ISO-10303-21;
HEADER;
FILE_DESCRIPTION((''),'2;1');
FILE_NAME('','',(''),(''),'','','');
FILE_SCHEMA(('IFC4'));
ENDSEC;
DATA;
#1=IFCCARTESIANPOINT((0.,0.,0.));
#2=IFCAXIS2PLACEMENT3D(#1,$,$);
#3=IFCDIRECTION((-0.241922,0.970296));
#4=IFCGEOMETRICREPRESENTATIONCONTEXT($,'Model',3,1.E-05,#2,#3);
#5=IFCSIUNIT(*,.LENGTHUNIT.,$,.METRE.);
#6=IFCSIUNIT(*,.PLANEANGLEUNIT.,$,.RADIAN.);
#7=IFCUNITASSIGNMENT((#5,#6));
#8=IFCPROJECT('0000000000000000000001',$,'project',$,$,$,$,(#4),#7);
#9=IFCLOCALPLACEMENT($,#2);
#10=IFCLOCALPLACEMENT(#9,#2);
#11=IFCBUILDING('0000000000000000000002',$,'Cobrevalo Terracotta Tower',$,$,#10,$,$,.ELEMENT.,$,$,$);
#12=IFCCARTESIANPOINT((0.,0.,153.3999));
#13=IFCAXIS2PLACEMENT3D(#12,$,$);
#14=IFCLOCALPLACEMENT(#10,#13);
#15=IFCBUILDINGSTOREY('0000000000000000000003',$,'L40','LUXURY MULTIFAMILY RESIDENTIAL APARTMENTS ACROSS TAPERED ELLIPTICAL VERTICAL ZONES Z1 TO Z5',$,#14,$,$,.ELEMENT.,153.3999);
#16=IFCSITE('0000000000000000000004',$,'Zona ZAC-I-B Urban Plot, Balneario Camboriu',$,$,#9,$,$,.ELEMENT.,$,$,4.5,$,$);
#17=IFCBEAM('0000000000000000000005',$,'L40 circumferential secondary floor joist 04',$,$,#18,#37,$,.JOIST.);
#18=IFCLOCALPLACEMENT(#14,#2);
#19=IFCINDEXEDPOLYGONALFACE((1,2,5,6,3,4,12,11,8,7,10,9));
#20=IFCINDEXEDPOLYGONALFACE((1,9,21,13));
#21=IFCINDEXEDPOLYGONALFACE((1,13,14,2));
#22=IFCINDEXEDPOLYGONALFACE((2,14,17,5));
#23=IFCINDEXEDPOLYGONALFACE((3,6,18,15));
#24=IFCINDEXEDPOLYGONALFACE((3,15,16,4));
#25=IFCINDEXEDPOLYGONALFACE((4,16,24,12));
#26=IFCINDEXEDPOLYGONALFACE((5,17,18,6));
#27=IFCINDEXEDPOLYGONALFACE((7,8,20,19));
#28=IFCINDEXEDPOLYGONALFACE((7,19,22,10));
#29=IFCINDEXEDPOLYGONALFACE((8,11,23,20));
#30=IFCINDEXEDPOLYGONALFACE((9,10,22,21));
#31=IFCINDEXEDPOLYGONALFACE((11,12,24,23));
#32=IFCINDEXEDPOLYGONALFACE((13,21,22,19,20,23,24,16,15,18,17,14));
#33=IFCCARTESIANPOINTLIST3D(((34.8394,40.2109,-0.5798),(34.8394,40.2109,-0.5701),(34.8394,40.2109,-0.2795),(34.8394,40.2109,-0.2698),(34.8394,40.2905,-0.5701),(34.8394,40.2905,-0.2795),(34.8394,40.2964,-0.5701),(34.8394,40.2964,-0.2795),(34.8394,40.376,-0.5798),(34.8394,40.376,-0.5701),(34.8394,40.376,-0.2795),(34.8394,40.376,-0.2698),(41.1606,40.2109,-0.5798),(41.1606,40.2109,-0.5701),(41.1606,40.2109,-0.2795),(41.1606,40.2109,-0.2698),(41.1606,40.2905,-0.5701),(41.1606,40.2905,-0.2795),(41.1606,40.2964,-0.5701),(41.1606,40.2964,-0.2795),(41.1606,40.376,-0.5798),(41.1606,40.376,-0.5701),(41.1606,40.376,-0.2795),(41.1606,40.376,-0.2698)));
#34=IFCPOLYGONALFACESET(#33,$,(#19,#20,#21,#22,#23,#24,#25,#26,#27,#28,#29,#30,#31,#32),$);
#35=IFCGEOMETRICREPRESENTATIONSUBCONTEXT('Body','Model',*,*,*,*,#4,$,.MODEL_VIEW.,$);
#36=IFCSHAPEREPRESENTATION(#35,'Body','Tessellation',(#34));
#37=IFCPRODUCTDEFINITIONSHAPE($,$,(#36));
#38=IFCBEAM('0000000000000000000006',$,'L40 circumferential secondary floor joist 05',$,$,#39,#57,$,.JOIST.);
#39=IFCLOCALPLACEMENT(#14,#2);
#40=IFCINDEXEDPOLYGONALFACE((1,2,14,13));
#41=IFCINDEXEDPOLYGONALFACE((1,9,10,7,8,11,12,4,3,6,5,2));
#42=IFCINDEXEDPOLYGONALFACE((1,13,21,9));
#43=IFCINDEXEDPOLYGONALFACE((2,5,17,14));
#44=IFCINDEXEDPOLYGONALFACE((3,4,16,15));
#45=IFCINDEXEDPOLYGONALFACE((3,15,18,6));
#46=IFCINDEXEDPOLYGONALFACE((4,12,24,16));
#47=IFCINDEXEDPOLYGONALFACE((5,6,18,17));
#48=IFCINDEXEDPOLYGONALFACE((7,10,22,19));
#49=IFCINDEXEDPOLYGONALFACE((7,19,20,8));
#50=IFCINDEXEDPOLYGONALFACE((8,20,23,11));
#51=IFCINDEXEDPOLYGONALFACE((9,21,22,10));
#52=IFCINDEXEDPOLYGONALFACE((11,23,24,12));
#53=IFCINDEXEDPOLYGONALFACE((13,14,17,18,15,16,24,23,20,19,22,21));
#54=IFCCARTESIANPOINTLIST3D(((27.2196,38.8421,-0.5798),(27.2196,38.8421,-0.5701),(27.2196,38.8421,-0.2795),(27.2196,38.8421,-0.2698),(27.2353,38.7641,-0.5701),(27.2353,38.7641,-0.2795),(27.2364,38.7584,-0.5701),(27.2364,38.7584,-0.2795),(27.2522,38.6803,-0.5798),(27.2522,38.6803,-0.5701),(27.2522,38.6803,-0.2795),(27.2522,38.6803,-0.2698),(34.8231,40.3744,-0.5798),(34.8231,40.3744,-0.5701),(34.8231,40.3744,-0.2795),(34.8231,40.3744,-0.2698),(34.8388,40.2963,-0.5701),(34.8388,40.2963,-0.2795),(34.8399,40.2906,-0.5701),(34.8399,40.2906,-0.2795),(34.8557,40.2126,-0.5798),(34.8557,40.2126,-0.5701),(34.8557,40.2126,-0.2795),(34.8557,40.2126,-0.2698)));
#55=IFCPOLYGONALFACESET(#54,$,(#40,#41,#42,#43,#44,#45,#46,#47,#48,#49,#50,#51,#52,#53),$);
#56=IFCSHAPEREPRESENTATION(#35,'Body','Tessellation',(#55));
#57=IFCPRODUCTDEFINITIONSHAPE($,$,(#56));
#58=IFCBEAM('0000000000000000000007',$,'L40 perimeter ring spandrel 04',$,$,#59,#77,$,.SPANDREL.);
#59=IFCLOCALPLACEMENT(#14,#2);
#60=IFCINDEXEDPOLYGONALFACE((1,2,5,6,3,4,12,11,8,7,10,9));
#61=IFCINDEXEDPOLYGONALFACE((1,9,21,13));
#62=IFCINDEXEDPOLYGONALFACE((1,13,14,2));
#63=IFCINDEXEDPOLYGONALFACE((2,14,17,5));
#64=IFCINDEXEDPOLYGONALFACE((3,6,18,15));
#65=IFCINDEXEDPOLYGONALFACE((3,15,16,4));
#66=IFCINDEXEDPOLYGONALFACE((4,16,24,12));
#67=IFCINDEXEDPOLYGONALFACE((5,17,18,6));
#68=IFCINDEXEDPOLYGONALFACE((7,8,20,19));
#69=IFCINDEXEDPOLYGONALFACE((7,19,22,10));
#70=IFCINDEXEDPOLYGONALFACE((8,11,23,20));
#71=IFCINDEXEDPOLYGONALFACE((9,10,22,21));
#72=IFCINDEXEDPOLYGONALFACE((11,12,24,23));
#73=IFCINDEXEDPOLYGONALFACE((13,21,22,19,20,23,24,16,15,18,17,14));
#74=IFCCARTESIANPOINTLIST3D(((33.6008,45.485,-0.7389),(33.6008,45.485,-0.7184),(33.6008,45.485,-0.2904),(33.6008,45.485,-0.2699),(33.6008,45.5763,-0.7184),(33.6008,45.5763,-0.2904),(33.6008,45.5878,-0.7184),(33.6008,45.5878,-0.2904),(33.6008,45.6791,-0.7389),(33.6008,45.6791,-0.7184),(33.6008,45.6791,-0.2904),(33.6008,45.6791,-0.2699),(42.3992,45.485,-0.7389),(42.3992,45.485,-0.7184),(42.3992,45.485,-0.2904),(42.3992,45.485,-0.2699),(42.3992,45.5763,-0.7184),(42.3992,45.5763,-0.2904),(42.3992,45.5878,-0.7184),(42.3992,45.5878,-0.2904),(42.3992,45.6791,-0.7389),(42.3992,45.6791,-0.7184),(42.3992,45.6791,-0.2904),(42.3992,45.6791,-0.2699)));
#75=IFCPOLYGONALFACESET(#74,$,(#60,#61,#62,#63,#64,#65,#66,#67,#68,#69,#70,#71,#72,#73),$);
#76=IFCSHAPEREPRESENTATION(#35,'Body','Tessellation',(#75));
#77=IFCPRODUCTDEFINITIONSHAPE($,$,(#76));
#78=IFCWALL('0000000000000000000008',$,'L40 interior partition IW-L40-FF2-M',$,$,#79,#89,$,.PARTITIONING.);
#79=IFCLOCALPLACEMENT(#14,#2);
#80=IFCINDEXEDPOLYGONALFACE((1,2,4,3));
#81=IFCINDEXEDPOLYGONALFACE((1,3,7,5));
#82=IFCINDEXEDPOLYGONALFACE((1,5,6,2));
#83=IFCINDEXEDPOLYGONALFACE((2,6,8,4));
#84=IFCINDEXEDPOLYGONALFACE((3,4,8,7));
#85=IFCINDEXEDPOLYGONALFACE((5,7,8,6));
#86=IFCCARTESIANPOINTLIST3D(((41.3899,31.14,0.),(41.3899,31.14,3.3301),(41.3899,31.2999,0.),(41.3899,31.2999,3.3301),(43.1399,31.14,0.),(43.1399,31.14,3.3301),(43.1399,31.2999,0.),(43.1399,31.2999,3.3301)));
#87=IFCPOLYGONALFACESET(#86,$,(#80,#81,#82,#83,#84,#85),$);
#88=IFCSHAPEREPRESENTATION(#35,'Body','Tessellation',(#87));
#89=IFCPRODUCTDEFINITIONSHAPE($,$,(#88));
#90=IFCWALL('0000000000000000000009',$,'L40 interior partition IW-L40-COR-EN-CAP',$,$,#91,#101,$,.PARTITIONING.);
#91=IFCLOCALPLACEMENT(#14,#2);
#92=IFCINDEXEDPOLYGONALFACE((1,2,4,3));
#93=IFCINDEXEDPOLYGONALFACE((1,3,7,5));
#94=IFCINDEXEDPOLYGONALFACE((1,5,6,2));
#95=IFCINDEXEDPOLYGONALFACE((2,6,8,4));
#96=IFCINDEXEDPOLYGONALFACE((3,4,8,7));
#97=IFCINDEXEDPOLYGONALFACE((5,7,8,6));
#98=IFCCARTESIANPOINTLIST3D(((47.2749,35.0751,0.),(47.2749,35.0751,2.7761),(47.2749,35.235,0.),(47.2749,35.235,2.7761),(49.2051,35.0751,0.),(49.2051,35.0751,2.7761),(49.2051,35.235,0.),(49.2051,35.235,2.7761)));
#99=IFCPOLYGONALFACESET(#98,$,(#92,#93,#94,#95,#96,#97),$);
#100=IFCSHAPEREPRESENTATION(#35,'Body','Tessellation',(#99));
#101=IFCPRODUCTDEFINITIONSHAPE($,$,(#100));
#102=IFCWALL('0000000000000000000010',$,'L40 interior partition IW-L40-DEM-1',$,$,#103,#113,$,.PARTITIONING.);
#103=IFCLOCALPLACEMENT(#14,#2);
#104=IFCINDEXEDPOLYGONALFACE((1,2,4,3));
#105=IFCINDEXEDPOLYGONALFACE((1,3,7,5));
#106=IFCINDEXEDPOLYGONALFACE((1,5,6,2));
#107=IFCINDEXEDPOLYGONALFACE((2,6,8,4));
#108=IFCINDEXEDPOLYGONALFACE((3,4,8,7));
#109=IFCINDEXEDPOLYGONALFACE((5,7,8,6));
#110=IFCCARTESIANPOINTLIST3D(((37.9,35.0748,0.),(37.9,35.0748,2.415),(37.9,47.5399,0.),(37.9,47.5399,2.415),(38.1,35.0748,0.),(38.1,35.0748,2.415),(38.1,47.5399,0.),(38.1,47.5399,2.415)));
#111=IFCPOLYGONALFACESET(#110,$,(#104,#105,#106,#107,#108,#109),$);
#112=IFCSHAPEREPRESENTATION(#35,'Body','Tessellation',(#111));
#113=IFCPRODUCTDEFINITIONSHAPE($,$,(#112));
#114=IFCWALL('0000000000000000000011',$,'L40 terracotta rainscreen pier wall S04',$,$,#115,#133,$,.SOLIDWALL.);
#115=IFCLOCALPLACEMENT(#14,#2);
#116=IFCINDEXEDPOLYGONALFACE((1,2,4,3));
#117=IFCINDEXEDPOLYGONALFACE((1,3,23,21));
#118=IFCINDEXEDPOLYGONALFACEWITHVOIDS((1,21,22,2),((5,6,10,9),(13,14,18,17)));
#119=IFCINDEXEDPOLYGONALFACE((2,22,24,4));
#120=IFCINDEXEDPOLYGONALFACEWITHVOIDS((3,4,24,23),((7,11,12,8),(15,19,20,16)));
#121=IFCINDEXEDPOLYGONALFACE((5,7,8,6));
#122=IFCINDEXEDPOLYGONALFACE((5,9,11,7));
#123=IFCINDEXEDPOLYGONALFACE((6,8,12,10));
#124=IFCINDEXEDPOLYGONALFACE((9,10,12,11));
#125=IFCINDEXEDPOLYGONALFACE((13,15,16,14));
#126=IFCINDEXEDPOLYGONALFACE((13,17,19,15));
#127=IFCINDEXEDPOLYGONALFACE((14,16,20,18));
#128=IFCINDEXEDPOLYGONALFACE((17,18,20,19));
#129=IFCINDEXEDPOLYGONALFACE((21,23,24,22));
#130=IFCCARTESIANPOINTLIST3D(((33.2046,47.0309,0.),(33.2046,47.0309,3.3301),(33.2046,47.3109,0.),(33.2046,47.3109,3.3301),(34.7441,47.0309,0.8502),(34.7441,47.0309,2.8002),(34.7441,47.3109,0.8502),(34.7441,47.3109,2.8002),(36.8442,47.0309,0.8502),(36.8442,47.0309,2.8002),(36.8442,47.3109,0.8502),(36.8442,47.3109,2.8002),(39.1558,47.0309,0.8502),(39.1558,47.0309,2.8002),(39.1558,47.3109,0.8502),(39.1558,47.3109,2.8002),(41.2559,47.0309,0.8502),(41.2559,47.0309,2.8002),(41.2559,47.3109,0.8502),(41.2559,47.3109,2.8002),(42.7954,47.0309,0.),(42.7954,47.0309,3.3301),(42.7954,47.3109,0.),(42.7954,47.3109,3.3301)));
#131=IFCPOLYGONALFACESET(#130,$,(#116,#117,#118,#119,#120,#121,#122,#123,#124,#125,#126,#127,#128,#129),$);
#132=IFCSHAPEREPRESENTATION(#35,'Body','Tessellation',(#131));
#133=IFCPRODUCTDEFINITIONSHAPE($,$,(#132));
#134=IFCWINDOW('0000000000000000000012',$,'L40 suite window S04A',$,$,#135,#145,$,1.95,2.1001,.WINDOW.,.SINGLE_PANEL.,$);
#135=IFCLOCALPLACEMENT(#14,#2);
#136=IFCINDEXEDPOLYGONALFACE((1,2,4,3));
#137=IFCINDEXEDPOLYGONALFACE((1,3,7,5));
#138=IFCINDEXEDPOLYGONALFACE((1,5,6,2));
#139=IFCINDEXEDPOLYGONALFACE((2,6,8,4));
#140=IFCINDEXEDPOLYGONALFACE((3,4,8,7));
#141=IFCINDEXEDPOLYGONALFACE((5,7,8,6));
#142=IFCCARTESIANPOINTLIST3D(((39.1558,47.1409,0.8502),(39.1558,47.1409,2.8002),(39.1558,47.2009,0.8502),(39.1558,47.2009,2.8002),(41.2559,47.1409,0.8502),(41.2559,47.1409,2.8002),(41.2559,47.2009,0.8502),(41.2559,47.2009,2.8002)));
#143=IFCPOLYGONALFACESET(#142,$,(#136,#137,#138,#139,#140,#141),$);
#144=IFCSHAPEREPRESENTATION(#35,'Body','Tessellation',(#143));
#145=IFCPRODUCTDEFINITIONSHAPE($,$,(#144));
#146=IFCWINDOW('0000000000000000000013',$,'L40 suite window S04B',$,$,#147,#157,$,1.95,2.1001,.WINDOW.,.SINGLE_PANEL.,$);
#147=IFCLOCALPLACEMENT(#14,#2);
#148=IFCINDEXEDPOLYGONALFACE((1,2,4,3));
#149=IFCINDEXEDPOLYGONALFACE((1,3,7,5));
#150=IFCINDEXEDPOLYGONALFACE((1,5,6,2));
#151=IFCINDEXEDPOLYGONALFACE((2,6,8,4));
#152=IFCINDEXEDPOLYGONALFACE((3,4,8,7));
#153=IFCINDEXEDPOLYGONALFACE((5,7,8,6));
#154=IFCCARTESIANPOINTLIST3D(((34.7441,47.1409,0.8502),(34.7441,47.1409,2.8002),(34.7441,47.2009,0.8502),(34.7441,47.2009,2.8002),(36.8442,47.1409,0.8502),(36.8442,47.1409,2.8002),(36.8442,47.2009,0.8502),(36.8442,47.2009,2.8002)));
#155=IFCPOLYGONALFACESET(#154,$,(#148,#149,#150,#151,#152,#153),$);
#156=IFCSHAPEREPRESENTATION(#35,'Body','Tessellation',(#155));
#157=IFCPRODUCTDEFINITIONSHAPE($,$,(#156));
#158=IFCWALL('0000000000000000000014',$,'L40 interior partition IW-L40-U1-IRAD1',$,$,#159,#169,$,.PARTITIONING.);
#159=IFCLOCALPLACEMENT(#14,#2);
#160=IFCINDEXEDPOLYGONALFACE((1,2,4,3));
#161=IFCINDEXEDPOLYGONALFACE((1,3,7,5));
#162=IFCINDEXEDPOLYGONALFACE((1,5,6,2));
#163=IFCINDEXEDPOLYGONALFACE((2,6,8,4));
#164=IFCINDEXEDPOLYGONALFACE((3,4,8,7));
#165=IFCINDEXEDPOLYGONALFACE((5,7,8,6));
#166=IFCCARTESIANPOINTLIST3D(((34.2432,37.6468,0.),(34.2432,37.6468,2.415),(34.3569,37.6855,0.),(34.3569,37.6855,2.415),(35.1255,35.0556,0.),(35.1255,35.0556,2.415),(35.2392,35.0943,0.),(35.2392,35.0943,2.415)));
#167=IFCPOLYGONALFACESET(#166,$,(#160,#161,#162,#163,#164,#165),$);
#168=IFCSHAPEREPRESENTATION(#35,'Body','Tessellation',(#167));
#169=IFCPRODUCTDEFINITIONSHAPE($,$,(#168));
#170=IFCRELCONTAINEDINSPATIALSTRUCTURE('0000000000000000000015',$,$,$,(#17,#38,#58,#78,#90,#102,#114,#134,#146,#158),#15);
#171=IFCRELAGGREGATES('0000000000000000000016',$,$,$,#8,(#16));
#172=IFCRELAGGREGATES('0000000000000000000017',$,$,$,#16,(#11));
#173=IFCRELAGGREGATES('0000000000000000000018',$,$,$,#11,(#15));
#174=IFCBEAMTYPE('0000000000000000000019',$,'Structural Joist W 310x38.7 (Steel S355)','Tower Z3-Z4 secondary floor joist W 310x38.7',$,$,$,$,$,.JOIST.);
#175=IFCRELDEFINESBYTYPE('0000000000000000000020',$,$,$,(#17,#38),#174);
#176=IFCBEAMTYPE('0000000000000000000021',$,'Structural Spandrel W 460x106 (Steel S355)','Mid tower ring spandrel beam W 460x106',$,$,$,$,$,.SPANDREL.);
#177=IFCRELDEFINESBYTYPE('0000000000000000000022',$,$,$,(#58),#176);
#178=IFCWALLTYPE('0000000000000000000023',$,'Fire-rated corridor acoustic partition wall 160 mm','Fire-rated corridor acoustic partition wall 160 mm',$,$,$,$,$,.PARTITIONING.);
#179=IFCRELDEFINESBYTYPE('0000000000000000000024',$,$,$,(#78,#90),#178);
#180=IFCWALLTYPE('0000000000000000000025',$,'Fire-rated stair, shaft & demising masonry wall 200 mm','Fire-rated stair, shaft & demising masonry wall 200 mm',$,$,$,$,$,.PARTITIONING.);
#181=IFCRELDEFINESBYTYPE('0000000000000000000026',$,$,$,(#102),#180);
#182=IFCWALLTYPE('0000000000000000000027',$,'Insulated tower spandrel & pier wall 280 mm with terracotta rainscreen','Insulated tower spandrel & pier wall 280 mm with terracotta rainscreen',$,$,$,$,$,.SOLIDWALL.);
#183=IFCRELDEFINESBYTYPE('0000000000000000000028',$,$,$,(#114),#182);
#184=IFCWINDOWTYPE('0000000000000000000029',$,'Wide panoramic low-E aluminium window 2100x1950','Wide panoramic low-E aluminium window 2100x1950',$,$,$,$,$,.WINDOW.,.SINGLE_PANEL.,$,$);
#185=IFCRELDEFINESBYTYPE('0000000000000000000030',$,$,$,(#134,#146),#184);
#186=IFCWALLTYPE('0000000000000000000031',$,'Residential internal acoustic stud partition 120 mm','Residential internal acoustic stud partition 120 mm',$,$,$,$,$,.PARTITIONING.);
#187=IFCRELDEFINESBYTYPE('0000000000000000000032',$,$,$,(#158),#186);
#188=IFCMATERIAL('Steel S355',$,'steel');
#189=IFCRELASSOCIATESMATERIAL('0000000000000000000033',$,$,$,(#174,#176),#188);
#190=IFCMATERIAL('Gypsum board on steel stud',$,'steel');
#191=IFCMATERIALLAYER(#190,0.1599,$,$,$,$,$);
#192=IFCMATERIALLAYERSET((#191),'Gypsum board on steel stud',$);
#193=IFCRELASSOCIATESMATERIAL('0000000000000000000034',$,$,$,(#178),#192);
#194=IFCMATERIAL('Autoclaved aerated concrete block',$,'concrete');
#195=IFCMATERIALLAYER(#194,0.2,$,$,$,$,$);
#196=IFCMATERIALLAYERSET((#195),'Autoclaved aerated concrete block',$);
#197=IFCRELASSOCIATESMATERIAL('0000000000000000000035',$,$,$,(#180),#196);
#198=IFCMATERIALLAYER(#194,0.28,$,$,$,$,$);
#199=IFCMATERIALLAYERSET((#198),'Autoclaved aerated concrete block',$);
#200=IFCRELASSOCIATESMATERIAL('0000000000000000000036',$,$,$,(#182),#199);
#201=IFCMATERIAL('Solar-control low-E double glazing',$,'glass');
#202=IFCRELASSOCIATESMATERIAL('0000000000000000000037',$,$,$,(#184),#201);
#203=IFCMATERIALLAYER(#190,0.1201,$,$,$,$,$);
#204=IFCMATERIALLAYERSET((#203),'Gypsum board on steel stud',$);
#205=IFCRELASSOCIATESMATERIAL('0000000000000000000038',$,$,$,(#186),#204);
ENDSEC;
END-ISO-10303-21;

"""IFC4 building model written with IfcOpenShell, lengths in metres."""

from ifc_helpers import new_model, si_unit, direction, frame, frame_2d, origin, origin_2d, place, context, subcontext, project, spatial, rectangle, i_section, extrude, source, transform, mapped, material, layer, layer_set, material_profile, profile_set, type_object, element, fill, save


model = new_model("IFC4")

# Units and contexts
model_context = context("Model", 3, precision=1e-05, world=origin(), true_north=direction((-0.241922, 0.970296)))
body_context = subcontext(model_context, "Body", "Model", "MODEL_VIEW")
ifc_project = project(units=[si_unit("LENGTHUNIT", "METRE"), si_unit("PLANEANGLEUNIT", "RADIAN")], contexts=[model_context])

# Site, building, storey
site_placement = place(None, origin())
site = spatial("IfcSite", under=ifc_project, at=site_placement, Name="Zona ZAC-I-B Urban Plot, Balneario Camboriu", CompositionType="ELEMENT", RefElevation=4.5)
building_placement = place(site_placement, origin())
building = spatial("IfcBuilding", under=site, at=building_placement, Name="Cobrevalo Terracotta Tower", CompositionType="ELEMENT")
storey_placement = place(building_placement, frame((0.0, 0.0, 153.3999)))
storey = spatial("IfcBuildingStorey", under=building, at=storey_placement, Name="L40", Description="LUXURY MULTIFAMILY RESIDENTIAL APARTMENTS ACROSS TAPERED ELLIPTICAL VERTICAL ZONES Z1 TO Z5", CompositionType="ELEMENT", Elevation=153.3999)

# Shared definitions
ifc_material_1 = material(Name="Steel S355", Category="steel")

# Beams
ifc_material_profile_1 = material_profile(ifc_material_1, i_section(OverallWidth=0.165, OverallDepth=0.3101, WebThickness=0.0059, FlangeThickness=0.0098, at=origin_2d()), Name="W 310x38.7")
ifc_profile_set_1 = profile_set([ifc_material_profile_1], Name="Steel S355")
beam_type_1 = type_object("IfcBeamType", Name="Structural Joist W 310x38.7 (Steel S355)", Description="Tower Z3-Z4 secondary floor joist W 310x38.7", PredefinedType="JOIST", material=ifc_profile_set_1)
beam_1_placement = place(storey_placement, frame((41.1606, 40.2935, -0.4248), z_axis=(-1.0, 0.0, 0.0), x_axis=(0.0, -1.0, 0.0)))
element("IfcBeam", 1, at=beam_1_placement, inside=storey, type_object=beam_type_1, Name="L40 circumferential secondary floor joist 04", PredefinedType="JOIST", context=body_context, shape_type="SweptSolid", body=[
    extrude(i_section(OverallWidth=0.165, OverallDepth=0.3101, WebThickness=0.0059, FlangeThickness=0.0098, at=origin_2d()), origin(), (0.0, 0.0, 1.0), 6.3213),
])
beam_2_placement = place(storey_placement, frame((34.8394, 40.2935, -0.4248), z_axis=(-0.980294, -0.197544, 0.0), x_axis=(0.197544, -0.980294, 0.0)))
element("IfcBeam", 2, at=beam_2_placement, inside=storey, type_object=beam_type_1, Name="L40 circumferential secondary floor joist 05", PredefinedType="JOIST", context=body_context, shape_type="SweptSolid", body=[
    extrude(i_section(OverallWidth=0.165, OverallDepth=0.3101, WebThickness=0.0059, FlangeThickness=0.0098, at=origin_2d()), origin(), (0.0, 0.0, 1.0), 7.7563),
])
ifc_material_profile_2 = material_profile(ifc_material_1, i_section(OverallWidth=0.1941, OverallDepth=0.469, WebThickness=0.0115, FlangeThickness=0.0205, at=origin_2d()), Name="W 460x106")
ifc_profile_set_2 = profile_set([ifc_material_profile_2], Name="Steel S355")
beam_type_2 = type_object("IfcBeamType", Name="Structural Spandrel W 460x106 (Steel S355)", Description="Mid tower ring spandrel beam W 460x106", PredefinedType="SPANDREL", material=ifc_profile_set_2)
beam_3_placement = place(storey_placement, frame((42.3992, 45.582, -0.5044), z_axis=(-1.0, 0.0, 0.0), x_axis=(0.0, -1.0, 0.0)))
element("IfcBeam", 3, at=beam_3_placement, inside=storey, type_object=beam_type_2, Name="L40 perimeter ring spandrel 04", PredefinedType="SPANDREL", context=body_context, shape_type="SweptSolid", body=[
    extrude(i_section(OverallWidth=0.1941, OverallDepth=0.469, WebThickness=0.0115, FlangeThickness=0.0205, at=origin_2d()), origin(), (0.0, 0.0, 1.0), 8.7983),
])

# Walls
ifc_material_2 = material(Name="Gypsum board on steel stud", Category="steel")
ifc_layer_1 = layer(ifc_material_2, 0.1599)
ifc_layer_set_1 = layer_set([ifc_layer_1], Name="Gypsum board on steel stud")
wall_type_1 = type_object("IfcWallType", Name="Fire-rated corridor acoustic partition wall 160 mm", Description="Fire-rated corridor acoustic partition wall 160 mm", PredefinedType="PARTITIONING", material=ifc_layer_set_1)
wall_1_placement = place(storey_placement, frame((41.3899, 31.22, 0.0), z_axis=(0.0, 0.0, 1.0), x_axis=(1.0, 0.0, 0.0)))
element("IfcWall", 4, at=wall_1_placement, inside=storey, type_object=wall_type_1, Name="L40 interior partition IW-L40-FF2-M", PredefinedType="PARTITIONING", context=body_context, shape_type="SweptSolid", body=[
    extrude(rectangle(XDim=1.75, YDim=0.1599, at=frame_2d((0.875, 0.0))), origin(), (0.0, 0.0, 1.0), 3.3301),
])
wall_2_placement = place(storey_placement, frame((47.2749, 35.155, 0.0), z_axis=(0.0, 0.0, 1.0), x_axis=(1.0, 0.0, 0.0)))
element("IfcWall", 5, at=wall_2_placement, inside=storey, type_object=wall_type_1, Name="L40 interior partition IW-L40-COR-EN-CAP", PredefinedType="PARTITIONING", context=body_context, shape_type="SweptSolid", body=[
    extrude(rectangle(XDim=1.9302, YDim=0.1599, at=frame_2d((0.9651, 0.0))), origin(), (0.0, 0.0, 1.0), 2.7761),
])
ifc_material_3 = material(Name="Autoclaved aerated concrete block", Category="concrete")
ifc_layer_2 = layer(ifc_material_3, 0.2)
ifc_layer_set_2 = layer_set([ifc_layer_2], Name="Autoclaved aerated concrete block")
wall_type_2 = type_object("IfcWallType", Name="Fire-rated stair, shaft & demising masonry wall 200 mm", Description="Fire-rated stair, shaft & demising masonry wall 200 mm", PredefinedType="PARTITIONING", material=ifc_layer_set_2)
wall_3_placement = place(storey_placement, frame((38.0, 35.075, 0.0), z_axis=(0.0, 0.0, 1.0), x_axis=(0.0, 1.0, 0.0)))
element("IfcWall", 6, at=wall_3_placement, inside=storey, type_object=wall_type_2, Name="L40 interior partition IW-L40-DEM-1", PredefinedType="PARTITIONING", context=body_context, shape_type="SweptSolid", body=[
    extrude(rectangle(XDim=12.4651, YDim=0.2, at=frame_2d((6.2324, 0.0))), origin(), (0.0, 0.0, 1.0), 2.415),
])

# Wall, openings, windows
ifc_layer_3 = layer(ifc_material_3, 0.28)
ifc_layer_set_3 = layer_set([ifc_layer_3], Name="Autoclaved aerated concrete block")
wall_type_3 = type_object("IfcWallType", Name="Insulated tower spandrel & pier wall 280 mm with terracotta rainscreen", Description="Insulated tower spandrel & pier wall 280 mm with terracotta rainscreen", PredefinedType="SOLIDWALL", material=ifc_layer_set_3)
wall_4_placement = place(storey_placement, frame((42.7954, 47.1709, 0.0), z_axis=(0.0, 0.0, 1.0), x_axis=(-1.0, 0.0, 0.0)))
wall_4 = element("IfcWall", 7, at=wall_4_placement, inside=storey, type_object=wall_type_3, Name="L40 terracotta rainscreen pier wall S04", PredefinedType="SOLIDWALL", context=body_context, shape_type="SweptSolid", body=[
    extrude(rectangle(XDim=9.5908, YDim=0.28, at=frame_2d((4.7954, 0.0))), origin(), (0.0, 0.0, 1.0), 3.3301),
])
opening_1_placement = place(wall_4_placement, frame((1.5396, 0.0, 0.8501)))
opening_1 = element("IfcOpeningElement", 8, at=opening_1_placement, cuts=wall_4, PredefinedType="OPENING", context=body_context, shape_type="SweptSolid", body=[
    extrude(rectangle(XDim=2.1001, YDim=1.95, at=frame_2d((1.05, 0.9751))), frame((0.0, 0.1499, 0.0), z_axis=(0.0, -1.0, 0.0), x_axis=(1.0, 0.0, 0.0)), (0.0, 0.0, 1.0), 0.3),
])
opening_2_placement = place(wall_4_placement, frame((5.9512, 0.0, 0.8501)))
opening_2 = element("IfcOpeningElement", 9, at=opening_2_placement, cuts=wall_4, PredefinedType="OPENING", context=body_context, shape_type="SweptSolid", body=[
    extrude(rectangle(XDim=2.1001, YDim=1.95, at=frame_2d((1.05, 0.9751))), frame((0.0, 0.1499, 0.0), z_axis=(0.0, -1.0, 0.0), x_axis=(1.0, 0.0, 0.0)), (0.0, 0.0, 1.0), 0.3),
])
ifc_material_4 = material(Name="Solar-control low-E double glazing", Category="glass")
window_type = type_object("IfcWindowType", Name="Wide panoramic low-E aluminium window 2100x1950", Description="Wide panoramic low-E aluminium window 2100x1950", PartitioningType="SINGLE_PANEL", PredefinedType="WINDOW", material=ifc_material_4)
shared_shape_1 = source(origin(), body_context, "Body", "SweptSolid", [
    extrude(rectangle(XDim=2.1001, YDim=1.95, at=frame_2d((1.05, 0.9751))), frame((0.0, 0.03, 0.0), z_axis=(0.0, -1.0, 0.0), x_axis=(1.0, 0.0, 0.0)), (0.0, 0.0, 1.0), 0.0601),
])
window_1_placement = place(opening_1_placement, origin())
window_1 = element("IfcWindow", 10, at=window_1_placement, inside=storey, type_object=window_type, Name="L40 suite window S04A", OverallHeight=1.95, OverallWidth=2.1001, PartitioningType="SINGLE_PANEL", PredefinedType="WINDOW", context=body_context, shape_type="MappedRepresentation", body=[
    mapped(shared_shape_1, transform((0.0, 0.0, 0.0), scale=1.0)),
])
fill(opening_1, window_1)
window_2_placement = place(opening_2_placement, origin())
window_2 = element("IfcWindow", 11, at=window_2_placement, inside=storey, type_object=window_type, Name="L40 suite window S04B", OverallHeight=1.95, OverallWidth=2.1001, PartitioningType="SINGLE_PANEL", PredefinedType="WINDOW", context=body_context, shape_type="MappedRepresentation", body=[
    mapped(shared_shape_1, transform((0.0, 0.0, 0.0), scale=1.0)),
])
fill(opening_2, window_2)

# Wall
ifc_layer_4 = layer(ifc_material_2, 0.1201)
ifc_layer_set_4 = layer_set([ifc_layer_4], Name="Gypsum board on steel stud")
wall_type_4 = type_object("IfcWallType", Name="Residential internal acoustic stud partition 120 mm", Description="Residential internal acoustic stud partition 120 mm", PredefinedType="PARTITIONING", material=ifc_layer_set_4)
wall_5_placement = place(storey_placement, frame((35.1824, 35.075, 0.0), z_axis=(0.0, 0.0, 1.0), x_axis=(-0.322322, 0.94663, 0.0)))
element("IfcWall", 12, at=wall_5_placement, inside=storey, type_object=wall_type_4, Name="L40 interior partition IW-L40-U1-IRAD1", PredefinedType="PARTITIONING", context=body_context, shape_type="SweptSolid", body=[
    extrude(rectangle(XDim=2.7373, YDim=0.1201, at=frame_2d((1.3687, 0.0))), origin(), (0.0, 0.0, 1.0), 2.415),
])

save(model, "model.ifc")
